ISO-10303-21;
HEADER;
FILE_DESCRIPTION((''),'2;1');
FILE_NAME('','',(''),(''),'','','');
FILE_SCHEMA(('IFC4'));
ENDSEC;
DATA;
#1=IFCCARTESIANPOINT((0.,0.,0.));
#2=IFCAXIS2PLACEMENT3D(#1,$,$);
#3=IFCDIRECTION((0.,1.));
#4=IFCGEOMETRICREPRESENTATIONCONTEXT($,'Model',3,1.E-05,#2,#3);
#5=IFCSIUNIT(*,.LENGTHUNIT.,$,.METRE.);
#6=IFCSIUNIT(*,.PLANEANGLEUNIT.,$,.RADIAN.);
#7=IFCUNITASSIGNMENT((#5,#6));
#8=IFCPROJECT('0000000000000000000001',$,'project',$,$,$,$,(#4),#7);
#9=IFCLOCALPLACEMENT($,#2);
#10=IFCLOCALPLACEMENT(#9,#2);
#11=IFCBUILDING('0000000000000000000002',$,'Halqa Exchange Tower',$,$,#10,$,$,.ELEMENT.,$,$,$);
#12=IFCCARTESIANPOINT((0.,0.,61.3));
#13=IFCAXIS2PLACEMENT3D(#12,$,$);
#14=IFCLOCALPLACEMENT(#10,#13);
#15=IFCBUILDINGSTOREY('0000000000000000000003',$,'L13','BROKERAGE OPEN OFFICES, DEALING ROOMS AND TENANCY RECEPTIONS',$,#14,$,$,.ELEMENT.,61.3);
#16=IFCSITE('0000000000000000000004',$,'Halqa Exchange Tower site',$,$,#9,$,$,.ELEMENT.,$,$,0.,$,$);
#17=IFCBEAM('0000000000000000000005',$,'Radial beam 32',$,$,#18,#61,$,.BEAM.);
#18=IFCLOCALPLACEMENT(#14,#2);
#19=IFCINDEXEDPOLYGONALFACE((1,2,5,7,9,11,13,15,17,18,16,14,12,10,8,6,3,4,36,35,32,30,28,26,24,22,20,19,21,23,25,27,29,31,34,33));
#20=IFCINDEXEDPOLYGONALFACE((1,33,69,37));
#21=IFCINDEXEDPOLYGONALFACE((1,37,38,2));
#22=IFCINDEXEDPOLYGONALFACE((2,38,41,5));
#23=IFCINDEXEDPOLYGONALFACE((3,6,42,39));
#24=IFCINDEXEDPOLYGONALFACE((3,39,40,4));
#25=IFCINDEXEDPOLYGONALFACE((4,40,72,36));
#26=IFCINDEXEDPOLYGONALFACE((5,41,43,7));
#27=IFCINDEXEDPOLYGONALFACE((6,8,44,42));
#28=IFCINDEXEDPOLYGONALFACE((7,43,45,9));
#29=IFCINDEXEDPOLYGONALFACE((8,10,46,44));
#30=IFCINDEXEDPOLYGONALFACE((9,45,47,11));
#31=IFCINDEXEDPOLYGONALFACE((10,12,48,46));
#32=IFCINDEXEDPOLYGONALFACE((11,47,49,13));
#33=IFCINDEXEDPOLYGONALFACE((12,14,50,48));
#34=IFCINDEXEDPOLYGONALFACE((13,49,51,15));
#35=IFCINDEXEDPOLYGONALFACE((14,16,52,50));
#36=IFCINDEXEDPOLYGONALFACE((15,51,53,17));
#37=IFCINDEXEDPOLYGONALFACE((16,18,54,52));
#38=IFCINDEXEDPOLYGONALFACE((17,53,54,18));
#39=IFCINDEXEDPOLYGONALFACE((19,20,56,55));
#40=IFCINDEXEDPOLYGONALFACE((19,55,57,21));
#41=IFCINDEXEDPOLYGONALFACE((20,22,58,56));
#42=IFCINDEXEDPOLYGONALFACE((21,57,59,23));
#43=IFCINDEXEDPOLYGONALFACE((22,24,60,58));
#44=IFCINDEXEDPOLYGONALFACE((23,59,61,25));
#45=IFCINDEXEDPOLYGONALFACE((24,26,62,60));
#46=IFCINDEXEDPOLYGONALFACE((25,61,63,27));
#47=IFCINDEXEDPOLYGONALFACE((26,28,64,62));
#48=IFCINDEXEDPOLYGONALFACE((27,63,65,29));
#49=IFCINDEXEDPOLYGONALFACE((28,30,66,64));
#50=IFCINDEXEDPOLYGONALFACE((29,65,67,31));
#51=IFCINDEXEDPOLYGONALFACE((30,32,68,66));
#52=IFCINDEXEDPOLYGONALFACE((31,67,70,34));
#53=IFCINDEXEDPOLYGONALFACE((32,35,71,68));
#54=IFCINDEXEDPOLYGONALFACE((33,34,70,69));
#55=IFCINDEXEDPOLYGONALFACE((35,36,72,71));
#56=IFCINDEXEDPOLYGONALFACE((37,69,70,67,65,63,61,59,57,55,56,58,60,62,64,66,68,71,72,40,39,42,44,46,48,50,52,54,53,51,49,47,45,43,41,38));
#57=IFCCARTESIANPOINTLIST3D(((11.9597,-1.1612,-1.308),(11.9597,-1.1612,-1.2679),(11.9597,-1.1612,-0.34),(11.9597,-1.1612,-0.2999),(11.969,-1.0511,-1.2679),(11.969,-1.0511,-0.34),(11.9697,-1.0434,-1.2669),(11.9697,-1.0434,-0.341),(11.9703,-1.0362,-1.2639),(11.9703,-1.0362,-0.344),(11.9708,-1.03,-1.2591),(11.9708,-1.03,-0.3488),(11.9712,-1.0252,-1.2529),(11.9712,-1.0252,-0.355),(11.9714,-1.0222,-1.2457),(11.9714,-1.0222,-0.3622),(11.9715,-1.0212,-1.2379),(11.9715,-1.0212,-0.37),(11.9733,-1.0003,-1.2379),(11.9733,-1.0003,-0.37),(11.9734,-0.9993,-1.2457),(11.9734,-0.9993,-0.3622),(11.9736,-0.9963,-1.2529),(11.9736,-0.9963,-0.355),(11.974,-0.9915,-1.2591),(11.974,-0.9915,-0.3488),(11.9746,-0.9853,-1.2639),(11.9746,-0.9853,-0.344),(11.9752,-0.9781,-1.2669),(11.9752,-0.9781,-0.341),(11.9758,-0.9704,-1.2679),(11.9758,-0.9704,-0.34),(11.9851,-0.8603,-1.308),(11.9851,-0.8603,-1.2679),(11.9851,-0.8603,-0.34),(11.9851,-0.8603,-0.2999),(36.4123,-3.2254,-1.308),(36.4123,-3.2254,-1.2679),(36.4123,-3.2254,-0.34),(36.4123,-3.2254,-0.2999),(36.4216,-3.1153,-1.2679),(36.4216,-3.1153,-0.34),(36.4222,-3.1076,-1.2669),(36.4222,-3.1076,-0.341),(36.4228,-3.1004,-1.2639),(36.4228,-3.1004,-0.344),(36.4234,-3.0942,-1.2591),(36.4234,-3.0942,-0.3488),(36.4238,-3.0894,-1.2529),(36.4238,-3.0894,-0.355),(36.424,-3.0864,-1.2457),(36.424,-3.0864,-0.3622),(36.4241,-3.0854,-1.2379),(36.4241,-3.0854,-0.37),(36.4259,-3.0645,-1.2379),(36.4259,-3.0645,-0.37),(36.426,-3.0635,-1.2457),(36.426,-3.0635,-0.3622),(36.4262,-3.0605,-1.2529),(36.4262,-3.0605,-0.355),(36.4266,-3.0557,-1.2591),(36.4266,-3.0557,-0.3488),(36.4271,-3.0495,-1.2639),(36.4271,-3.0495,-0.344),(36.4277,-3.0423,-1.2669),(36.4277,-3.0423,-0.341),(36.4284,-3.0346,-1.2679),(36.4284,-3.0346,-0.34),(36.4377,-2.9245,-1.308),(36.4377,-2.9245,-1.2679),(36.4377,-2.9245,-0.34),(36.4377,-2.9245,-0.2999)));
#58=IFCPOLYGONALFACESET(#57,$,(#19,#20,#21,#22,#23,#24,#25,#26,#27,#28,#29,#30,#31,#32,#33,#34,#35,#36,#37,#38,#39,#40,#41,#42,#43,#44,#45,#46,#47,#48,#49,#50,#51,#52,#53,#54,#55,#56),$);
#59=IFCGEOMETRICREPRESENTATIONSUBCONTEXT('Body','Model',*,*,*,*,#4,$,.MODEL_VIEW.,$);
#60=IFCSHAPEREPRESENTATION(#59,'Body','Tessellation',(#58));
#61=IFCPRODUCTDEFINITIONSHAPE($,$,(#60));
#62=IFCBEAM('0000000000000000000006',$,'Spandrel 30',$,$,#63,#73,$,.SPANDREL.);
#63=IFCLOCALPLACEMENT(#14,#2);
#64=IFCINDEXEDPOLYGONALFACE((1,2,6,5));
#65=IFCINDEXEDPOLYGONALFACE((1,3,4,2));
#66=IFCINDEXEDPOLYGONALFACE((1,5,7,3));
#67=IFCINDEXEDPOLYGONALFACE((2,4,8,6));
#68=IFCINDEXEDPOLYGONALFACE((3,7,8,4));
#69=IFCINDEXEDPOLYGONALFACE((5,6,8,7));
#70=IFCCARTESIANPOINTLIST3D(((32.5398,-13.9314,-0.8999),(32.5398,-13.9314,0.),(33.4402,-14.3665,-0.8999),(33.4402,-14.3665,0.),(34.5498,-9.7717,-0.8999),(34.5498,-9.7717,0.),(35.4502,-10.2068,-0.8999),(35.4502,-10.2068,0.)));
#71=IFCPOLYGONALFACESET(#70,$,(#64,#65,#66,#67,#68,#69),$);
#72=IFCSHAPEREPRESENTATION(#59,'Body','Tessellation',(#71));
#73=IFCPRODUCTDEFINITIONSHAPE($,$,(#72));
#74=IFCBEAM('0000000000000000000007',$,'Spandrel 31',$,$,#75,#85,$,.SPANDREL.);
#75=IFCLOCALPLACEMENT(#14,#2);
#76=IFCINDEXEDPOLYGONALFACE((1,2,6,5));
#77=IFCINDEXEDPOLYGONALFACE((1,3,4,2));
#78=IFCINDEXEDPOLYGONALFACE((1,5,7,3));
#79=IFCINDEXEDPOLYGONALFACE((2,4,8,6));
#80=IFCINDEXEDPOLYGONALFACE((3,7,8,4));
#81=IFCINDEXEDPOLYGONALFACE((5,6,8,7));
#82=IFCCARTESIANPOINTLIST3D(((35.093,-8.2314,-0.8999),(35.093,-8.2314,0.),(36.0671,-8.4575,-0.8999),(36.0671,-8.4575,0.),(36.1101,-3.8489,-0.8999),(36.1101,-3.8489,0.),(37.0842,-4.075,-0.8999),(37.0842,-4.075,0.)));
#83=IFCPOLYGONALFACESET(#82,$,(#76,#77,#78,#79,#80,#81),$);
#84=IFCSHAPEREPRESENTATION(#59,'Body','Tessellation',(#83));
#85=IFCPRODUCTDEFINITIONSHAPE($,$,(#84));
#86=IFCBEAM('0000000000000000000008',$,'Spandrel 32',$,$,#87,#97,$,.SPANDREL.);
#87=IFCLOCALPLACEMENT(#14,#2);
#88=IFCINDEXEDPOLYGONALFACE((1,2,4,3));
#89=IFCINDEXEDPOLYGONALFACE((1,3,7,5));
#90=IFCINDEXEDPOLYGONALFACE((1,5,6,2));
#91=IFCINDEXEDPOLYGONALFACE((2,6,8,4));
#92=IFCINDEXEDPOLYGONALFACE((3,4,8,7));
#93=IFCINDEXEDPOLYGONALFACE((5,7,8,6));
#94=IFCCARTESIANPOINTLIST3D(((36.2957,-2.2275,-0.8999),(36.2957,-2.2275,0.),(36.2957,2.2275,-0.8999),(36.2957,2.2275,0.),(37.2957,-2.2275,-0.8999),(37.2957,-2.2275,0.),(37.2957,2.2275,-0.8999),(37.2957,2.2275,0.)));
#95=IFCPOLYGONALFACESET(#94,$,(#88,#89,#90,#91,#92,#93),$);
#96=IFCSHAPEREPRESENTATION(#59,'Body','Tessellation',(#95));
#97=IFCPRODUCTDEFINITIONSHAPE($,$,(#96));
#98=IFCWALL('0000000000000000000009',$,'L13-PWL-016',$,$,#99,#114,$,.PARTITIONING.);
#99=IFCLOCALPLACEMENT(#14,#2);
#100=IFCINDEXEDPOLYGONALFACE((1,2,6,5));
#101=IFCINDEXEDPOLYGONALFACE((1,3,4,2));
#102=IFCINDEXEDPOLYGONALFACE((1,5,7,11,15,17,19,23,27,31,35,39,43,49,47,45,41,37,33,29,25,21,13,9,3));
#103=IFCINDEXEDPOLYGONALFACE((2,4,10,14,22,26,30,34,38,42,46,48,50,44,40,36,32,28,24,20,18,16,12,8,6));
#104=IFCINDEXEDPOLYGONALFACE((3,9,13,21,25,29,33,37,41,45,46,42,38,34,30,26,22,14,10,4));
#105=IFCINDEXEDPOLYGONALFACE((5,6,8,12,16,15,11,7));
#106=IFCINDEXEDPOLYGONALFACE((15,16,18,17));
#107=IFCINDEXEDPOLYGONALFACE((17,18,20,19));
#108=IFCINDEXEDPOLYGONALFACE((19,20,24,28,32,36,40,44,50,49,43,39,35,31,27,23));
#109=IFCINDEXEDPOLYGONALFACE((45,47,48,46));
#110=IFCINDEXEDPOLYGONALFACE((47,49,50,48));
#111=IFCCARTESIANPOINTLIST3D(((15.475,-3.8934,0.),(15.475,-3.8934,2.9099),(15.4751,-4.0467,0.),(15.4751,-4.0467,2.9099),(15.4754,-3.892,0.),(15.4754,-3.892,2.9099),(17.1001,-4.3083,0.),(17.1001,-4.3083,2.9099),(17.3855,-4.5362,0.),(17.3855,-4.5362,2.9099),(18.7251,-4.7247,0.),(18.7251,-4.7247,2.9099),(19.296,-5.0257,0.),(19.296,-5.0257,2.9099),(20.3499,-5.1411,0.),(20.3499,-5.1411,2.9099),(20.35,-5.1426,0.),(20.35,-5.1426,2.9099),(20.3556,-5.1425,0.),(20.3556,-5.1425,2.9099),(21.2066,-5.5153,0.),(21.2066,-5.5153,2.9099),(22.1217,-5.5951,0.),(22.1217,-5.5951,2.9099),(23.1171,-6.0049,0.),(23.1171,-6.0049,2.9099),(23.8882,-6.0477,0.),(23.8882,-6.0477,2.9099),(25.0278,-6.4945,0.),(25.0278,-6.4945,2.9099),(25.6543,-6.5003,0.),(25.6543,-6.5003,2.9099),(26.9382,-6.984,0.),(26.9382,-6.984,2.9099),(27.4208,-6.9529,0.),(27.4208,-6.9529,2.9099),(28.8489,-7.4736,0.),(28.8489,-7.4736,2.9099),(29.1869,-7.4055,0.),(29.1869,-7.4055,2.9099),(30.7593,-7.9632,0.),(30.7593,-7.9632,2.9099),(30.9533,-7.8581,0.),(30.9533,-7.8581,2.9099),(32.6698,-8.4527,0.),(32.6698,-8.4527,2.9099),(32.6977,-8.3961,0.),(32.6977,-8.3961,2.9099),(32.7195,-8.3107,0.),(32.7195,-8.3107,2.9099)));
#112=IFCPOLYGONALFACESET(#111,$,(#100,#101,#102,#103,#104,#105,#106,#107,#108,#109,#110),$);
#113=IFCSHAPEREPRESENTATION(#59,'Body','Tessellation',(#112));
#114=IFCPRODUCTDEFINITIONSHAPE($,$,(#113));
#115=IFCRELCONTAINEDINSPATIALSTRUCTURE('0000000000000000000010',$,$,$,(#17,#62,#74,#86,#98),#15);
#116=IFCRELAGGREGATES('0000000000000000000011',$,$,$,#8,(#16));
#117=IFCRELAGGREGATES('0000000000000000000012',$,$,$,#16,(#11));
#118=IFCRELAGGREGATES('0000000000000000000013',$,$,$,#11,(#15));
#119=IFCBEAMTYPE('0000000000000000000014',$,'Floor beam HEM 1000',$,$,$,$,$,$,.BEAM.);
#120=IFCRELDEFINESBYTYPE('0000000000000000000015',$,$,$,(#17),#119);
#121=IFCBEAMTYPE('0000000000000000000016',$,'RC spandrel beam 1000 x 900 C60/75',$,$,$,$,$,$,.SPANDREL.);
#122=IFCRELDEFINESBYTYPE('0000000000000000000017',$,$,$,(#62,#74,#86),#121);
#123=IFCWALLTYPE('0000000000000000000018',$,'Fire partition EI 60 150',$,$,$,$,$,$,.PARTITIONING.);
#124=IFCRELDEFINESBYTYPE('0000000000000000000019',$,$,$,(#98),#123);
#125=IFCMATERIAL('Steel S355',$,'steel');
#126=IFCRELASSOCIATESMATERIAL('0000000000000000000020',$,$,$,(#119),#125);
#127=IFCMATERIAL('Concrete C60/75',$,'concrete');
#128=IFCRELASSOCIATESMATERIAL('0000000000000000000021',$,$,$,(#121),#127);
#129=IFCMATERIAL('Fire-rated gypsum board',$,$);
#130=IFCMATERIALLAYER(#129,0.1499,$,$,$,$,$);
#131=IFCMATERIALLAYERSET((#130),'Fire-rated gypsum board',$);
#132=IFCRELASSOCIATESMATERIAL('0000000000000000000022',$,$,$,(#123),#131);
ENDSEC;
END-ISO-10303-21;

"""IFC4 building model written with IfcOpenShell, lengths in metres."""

from ifc_helpers import new_model, si_unit, direction, frame, origin, origin_2d, place, context, subcontext, project, spatial, polyline, rectangle, i_section, outline, extrude, material, layer, layer_set, material_profile, profile_set, type_object, element, save


model = new_model("IFC4")

# Units and contexts
model_context = context("Model", 3, precision=1e-05, world=origin(), true_north=direction((0.0, 1.0)))
body_context = subcontext(model_context, "Body", "Model", "MODEL_VIEW")
ifc_project = project(units=[si_unit("LENGTHUNIT", "METRE"), si_unit("PLANEANGLEUNIT", "RADIAN")], contexts=[model_context])

# Site, building, storey
site_placement = place(None, origin())
site = spatial("IfcSite", under=ifc_project, at=site_placement, Name="Halqa Exchange Tower site", CompositionType="ELEMENT", RefElevation=0.0)
building_placement = place(site_placement, origin())
building = spatial("IfcBuilding", under=site, at=building_placement, Name="Halqa Exchange Tower", CompositionType="ELEMENT")
storey_placement = place(building_placement, frame((0.0, 0.0, 61.3)))
storey = spatial("IfcBuildingStorey", under=building, at=storey_placement, Name="L13", Description="BROKERAGE OPEN OFFICES, DEALING ROOMS AND TENANCY RECEPTIONS", CompositionType="ELEMENT", Elevation=61.3)

# Beams
ifc_material_1 = material(Name="Steel S355", Category="steel")
ifc_material_profile_1 = material_profile(ifc_material_1, i_section(OverallWidth=0.302, OverallDepth=1.0081, WebThickness=0.021, FlangeThickness=0.04, FilletRadius=0.03, at=origin_2d()), Name="HEM 1000")
ifc_profile_set_1 = profile_set([ifc_material_profile_1], Name="Steel S355")
beam_type_1 = type_object("IfcBeamType", Name="Floor beam HEM 1000", PredefinedType="BEAM", material=ifc_profile_set_1)
beam_1_placement = place(storey_placement, frame((11.9724, -1.0107, -0.804), z_axis=(0.996456, -0.084117, 0.0), x_axis=(0.084117, 0.996456, 0.0)))
element("IfcBeam", 1, at=beam_1_placement, inside=storey, type_object=beam_type_1, Name="Radial beam 32", PredefinedType="BEAM", context=body_context, shape_type="SweptSolid", body=[
    extrude(i_section(OverallWidth=0.302, OverallDepth=1.0081, WebThickness=0.021, FlangeThickness=0.04, FilletRadius=0.03, at=origin_2d()), origin(), (0.0, 0.0, 1.0), 24.5396),
])
ifc_material_2 = material(Name="Concrete C60/75", Category="concrete")
ifc_material_profile_2 = material_profile(ifc_material_2, rectangle(XDim=1.0, YDim=0.8999, at=origin_2d()), Name="1000 x 900")
ifc_profile_set_2 = profile_set([ifc_material_profile_2], Name="Concrete C60/75")
beam_type_2 = type_object("IfcBeamType", Name="RC spandrel beam 1000 x 900 C60/75", PredefinedType="SPANDREL", material=ifc_profile_set_2)
beam_2_placement = place(storey_placement, frame((32.99, -14.1489, -0.45), z_axis=(0.435082, 0.900391, 0.0), x_axis=(-0.900391, 0.435082, 0.0)))
element("IfcBeam", 2, at=beam_2_placement, inside=storey, type_object=beam_type_2, Name="Spandrel 30", PredefinedType="SPANDREL", context=body_context, shape_type="SweptSolid", body=[
    extrude(rectangle(XDim=1.0, YDim=0.8999, at=origin_2d()), origin(), (0.0, 0.0, 1.0), 4.6199),
])
beam_3_placement = place(storey_placement, frame((35.5801, -8.3445, -0.45), z_axis=(0.226068, 0.974111, 0.0), x_axis=(-0.974111, 0.226068, 0.0)))
element("IfcBeam", 3, at=beam_3_placement, inside=storey, type_object=beam_type_2, Name="Spandrel 31", PredefinedType="SPANDREL", context=body_context, shape_type="SweptSolid", body=[
    extrude(rectangle(XDim=1.0, YDim=0.8999, at=origin_2d()), origin(), (0.0, 0.0, 1.0), 4.499),
])
beam_4_placement = place(storey_placement, frame((36.7957, -2.2275, -0.45), z_axis=(0.0, 1.0, 0.0), x_axis=(-1.0, 0.0, 0.0)))
element("IfcBeam", 4, at=beam_4_placement, inside=storey, type_object=beam_type_2, Name="Spandrel 32", PredefinedType="SPANDREL", context=body_context, shape_type="SweptSolid", body=[
    extrude(rectangle(XDim=1.0, YDim=0.8999, at=origin_2d()), origin(), (0.0, 0.0, 1.0), 4.4551),
])

# Wall
ifc_material_3 = material(Name="Fire-rated gypsum board")
ifc_layer_1 = layer(ifc_material_3, 0.1499)
ifc_layer_set_1 = layer_set([ifc_layer_1], Name="Fire-rated gypsum board")
wall_type_1 = type_object("IfcWallType", Name="Fire partition EI 60 150", PredefinedType="PARTITIONING", material=ifc_layer_set_1)
wall_1_placement = place(storey_placement, frame((15.4568, -3.9646, 0.0), z_axis=(0.0, 0.0, 1.0), x_axis=(0.968703, -0.248224, 0.0)))
element("IfcWall", 5, at=wall_1_placement, inside=storey, type_object=wall_type_1, Name="L13-PWL-016", PredefinedType="PARTITIONING", context=body_context, shape_type="SweptSolid", body=[
    extrude(outline(polyline([(0.0381, -0.075), (2.0103, -0.075), (3.9824, -0.075), (5.9548, -0.075), (7.927, -0.075), (9.8994, -0.075), (11.8716, -0.075), (13.844, -0.075), (15.8162, -0.075), (17.7883, -0.075), (17.8013, -0.0132), (17.8013, 0.075), (15.978, 0.075), (14.1545, 0.075), (12.3313, 0.075), (10.5078, 0.075), (8.6846, 0.075), (6.8611, 0.075), (5.0378, 0.075), (5.0325, 0.0735), (5.032, 0.075), (3.3547, 0.075), (1.6772, 0.075), (0.0, 0.075), (0.0, 0.0735), (0.0381, -0.075)])), origin(), (0.0, 0.0, 1.0), 2.9099),
])

save(model, "model.ifc")
